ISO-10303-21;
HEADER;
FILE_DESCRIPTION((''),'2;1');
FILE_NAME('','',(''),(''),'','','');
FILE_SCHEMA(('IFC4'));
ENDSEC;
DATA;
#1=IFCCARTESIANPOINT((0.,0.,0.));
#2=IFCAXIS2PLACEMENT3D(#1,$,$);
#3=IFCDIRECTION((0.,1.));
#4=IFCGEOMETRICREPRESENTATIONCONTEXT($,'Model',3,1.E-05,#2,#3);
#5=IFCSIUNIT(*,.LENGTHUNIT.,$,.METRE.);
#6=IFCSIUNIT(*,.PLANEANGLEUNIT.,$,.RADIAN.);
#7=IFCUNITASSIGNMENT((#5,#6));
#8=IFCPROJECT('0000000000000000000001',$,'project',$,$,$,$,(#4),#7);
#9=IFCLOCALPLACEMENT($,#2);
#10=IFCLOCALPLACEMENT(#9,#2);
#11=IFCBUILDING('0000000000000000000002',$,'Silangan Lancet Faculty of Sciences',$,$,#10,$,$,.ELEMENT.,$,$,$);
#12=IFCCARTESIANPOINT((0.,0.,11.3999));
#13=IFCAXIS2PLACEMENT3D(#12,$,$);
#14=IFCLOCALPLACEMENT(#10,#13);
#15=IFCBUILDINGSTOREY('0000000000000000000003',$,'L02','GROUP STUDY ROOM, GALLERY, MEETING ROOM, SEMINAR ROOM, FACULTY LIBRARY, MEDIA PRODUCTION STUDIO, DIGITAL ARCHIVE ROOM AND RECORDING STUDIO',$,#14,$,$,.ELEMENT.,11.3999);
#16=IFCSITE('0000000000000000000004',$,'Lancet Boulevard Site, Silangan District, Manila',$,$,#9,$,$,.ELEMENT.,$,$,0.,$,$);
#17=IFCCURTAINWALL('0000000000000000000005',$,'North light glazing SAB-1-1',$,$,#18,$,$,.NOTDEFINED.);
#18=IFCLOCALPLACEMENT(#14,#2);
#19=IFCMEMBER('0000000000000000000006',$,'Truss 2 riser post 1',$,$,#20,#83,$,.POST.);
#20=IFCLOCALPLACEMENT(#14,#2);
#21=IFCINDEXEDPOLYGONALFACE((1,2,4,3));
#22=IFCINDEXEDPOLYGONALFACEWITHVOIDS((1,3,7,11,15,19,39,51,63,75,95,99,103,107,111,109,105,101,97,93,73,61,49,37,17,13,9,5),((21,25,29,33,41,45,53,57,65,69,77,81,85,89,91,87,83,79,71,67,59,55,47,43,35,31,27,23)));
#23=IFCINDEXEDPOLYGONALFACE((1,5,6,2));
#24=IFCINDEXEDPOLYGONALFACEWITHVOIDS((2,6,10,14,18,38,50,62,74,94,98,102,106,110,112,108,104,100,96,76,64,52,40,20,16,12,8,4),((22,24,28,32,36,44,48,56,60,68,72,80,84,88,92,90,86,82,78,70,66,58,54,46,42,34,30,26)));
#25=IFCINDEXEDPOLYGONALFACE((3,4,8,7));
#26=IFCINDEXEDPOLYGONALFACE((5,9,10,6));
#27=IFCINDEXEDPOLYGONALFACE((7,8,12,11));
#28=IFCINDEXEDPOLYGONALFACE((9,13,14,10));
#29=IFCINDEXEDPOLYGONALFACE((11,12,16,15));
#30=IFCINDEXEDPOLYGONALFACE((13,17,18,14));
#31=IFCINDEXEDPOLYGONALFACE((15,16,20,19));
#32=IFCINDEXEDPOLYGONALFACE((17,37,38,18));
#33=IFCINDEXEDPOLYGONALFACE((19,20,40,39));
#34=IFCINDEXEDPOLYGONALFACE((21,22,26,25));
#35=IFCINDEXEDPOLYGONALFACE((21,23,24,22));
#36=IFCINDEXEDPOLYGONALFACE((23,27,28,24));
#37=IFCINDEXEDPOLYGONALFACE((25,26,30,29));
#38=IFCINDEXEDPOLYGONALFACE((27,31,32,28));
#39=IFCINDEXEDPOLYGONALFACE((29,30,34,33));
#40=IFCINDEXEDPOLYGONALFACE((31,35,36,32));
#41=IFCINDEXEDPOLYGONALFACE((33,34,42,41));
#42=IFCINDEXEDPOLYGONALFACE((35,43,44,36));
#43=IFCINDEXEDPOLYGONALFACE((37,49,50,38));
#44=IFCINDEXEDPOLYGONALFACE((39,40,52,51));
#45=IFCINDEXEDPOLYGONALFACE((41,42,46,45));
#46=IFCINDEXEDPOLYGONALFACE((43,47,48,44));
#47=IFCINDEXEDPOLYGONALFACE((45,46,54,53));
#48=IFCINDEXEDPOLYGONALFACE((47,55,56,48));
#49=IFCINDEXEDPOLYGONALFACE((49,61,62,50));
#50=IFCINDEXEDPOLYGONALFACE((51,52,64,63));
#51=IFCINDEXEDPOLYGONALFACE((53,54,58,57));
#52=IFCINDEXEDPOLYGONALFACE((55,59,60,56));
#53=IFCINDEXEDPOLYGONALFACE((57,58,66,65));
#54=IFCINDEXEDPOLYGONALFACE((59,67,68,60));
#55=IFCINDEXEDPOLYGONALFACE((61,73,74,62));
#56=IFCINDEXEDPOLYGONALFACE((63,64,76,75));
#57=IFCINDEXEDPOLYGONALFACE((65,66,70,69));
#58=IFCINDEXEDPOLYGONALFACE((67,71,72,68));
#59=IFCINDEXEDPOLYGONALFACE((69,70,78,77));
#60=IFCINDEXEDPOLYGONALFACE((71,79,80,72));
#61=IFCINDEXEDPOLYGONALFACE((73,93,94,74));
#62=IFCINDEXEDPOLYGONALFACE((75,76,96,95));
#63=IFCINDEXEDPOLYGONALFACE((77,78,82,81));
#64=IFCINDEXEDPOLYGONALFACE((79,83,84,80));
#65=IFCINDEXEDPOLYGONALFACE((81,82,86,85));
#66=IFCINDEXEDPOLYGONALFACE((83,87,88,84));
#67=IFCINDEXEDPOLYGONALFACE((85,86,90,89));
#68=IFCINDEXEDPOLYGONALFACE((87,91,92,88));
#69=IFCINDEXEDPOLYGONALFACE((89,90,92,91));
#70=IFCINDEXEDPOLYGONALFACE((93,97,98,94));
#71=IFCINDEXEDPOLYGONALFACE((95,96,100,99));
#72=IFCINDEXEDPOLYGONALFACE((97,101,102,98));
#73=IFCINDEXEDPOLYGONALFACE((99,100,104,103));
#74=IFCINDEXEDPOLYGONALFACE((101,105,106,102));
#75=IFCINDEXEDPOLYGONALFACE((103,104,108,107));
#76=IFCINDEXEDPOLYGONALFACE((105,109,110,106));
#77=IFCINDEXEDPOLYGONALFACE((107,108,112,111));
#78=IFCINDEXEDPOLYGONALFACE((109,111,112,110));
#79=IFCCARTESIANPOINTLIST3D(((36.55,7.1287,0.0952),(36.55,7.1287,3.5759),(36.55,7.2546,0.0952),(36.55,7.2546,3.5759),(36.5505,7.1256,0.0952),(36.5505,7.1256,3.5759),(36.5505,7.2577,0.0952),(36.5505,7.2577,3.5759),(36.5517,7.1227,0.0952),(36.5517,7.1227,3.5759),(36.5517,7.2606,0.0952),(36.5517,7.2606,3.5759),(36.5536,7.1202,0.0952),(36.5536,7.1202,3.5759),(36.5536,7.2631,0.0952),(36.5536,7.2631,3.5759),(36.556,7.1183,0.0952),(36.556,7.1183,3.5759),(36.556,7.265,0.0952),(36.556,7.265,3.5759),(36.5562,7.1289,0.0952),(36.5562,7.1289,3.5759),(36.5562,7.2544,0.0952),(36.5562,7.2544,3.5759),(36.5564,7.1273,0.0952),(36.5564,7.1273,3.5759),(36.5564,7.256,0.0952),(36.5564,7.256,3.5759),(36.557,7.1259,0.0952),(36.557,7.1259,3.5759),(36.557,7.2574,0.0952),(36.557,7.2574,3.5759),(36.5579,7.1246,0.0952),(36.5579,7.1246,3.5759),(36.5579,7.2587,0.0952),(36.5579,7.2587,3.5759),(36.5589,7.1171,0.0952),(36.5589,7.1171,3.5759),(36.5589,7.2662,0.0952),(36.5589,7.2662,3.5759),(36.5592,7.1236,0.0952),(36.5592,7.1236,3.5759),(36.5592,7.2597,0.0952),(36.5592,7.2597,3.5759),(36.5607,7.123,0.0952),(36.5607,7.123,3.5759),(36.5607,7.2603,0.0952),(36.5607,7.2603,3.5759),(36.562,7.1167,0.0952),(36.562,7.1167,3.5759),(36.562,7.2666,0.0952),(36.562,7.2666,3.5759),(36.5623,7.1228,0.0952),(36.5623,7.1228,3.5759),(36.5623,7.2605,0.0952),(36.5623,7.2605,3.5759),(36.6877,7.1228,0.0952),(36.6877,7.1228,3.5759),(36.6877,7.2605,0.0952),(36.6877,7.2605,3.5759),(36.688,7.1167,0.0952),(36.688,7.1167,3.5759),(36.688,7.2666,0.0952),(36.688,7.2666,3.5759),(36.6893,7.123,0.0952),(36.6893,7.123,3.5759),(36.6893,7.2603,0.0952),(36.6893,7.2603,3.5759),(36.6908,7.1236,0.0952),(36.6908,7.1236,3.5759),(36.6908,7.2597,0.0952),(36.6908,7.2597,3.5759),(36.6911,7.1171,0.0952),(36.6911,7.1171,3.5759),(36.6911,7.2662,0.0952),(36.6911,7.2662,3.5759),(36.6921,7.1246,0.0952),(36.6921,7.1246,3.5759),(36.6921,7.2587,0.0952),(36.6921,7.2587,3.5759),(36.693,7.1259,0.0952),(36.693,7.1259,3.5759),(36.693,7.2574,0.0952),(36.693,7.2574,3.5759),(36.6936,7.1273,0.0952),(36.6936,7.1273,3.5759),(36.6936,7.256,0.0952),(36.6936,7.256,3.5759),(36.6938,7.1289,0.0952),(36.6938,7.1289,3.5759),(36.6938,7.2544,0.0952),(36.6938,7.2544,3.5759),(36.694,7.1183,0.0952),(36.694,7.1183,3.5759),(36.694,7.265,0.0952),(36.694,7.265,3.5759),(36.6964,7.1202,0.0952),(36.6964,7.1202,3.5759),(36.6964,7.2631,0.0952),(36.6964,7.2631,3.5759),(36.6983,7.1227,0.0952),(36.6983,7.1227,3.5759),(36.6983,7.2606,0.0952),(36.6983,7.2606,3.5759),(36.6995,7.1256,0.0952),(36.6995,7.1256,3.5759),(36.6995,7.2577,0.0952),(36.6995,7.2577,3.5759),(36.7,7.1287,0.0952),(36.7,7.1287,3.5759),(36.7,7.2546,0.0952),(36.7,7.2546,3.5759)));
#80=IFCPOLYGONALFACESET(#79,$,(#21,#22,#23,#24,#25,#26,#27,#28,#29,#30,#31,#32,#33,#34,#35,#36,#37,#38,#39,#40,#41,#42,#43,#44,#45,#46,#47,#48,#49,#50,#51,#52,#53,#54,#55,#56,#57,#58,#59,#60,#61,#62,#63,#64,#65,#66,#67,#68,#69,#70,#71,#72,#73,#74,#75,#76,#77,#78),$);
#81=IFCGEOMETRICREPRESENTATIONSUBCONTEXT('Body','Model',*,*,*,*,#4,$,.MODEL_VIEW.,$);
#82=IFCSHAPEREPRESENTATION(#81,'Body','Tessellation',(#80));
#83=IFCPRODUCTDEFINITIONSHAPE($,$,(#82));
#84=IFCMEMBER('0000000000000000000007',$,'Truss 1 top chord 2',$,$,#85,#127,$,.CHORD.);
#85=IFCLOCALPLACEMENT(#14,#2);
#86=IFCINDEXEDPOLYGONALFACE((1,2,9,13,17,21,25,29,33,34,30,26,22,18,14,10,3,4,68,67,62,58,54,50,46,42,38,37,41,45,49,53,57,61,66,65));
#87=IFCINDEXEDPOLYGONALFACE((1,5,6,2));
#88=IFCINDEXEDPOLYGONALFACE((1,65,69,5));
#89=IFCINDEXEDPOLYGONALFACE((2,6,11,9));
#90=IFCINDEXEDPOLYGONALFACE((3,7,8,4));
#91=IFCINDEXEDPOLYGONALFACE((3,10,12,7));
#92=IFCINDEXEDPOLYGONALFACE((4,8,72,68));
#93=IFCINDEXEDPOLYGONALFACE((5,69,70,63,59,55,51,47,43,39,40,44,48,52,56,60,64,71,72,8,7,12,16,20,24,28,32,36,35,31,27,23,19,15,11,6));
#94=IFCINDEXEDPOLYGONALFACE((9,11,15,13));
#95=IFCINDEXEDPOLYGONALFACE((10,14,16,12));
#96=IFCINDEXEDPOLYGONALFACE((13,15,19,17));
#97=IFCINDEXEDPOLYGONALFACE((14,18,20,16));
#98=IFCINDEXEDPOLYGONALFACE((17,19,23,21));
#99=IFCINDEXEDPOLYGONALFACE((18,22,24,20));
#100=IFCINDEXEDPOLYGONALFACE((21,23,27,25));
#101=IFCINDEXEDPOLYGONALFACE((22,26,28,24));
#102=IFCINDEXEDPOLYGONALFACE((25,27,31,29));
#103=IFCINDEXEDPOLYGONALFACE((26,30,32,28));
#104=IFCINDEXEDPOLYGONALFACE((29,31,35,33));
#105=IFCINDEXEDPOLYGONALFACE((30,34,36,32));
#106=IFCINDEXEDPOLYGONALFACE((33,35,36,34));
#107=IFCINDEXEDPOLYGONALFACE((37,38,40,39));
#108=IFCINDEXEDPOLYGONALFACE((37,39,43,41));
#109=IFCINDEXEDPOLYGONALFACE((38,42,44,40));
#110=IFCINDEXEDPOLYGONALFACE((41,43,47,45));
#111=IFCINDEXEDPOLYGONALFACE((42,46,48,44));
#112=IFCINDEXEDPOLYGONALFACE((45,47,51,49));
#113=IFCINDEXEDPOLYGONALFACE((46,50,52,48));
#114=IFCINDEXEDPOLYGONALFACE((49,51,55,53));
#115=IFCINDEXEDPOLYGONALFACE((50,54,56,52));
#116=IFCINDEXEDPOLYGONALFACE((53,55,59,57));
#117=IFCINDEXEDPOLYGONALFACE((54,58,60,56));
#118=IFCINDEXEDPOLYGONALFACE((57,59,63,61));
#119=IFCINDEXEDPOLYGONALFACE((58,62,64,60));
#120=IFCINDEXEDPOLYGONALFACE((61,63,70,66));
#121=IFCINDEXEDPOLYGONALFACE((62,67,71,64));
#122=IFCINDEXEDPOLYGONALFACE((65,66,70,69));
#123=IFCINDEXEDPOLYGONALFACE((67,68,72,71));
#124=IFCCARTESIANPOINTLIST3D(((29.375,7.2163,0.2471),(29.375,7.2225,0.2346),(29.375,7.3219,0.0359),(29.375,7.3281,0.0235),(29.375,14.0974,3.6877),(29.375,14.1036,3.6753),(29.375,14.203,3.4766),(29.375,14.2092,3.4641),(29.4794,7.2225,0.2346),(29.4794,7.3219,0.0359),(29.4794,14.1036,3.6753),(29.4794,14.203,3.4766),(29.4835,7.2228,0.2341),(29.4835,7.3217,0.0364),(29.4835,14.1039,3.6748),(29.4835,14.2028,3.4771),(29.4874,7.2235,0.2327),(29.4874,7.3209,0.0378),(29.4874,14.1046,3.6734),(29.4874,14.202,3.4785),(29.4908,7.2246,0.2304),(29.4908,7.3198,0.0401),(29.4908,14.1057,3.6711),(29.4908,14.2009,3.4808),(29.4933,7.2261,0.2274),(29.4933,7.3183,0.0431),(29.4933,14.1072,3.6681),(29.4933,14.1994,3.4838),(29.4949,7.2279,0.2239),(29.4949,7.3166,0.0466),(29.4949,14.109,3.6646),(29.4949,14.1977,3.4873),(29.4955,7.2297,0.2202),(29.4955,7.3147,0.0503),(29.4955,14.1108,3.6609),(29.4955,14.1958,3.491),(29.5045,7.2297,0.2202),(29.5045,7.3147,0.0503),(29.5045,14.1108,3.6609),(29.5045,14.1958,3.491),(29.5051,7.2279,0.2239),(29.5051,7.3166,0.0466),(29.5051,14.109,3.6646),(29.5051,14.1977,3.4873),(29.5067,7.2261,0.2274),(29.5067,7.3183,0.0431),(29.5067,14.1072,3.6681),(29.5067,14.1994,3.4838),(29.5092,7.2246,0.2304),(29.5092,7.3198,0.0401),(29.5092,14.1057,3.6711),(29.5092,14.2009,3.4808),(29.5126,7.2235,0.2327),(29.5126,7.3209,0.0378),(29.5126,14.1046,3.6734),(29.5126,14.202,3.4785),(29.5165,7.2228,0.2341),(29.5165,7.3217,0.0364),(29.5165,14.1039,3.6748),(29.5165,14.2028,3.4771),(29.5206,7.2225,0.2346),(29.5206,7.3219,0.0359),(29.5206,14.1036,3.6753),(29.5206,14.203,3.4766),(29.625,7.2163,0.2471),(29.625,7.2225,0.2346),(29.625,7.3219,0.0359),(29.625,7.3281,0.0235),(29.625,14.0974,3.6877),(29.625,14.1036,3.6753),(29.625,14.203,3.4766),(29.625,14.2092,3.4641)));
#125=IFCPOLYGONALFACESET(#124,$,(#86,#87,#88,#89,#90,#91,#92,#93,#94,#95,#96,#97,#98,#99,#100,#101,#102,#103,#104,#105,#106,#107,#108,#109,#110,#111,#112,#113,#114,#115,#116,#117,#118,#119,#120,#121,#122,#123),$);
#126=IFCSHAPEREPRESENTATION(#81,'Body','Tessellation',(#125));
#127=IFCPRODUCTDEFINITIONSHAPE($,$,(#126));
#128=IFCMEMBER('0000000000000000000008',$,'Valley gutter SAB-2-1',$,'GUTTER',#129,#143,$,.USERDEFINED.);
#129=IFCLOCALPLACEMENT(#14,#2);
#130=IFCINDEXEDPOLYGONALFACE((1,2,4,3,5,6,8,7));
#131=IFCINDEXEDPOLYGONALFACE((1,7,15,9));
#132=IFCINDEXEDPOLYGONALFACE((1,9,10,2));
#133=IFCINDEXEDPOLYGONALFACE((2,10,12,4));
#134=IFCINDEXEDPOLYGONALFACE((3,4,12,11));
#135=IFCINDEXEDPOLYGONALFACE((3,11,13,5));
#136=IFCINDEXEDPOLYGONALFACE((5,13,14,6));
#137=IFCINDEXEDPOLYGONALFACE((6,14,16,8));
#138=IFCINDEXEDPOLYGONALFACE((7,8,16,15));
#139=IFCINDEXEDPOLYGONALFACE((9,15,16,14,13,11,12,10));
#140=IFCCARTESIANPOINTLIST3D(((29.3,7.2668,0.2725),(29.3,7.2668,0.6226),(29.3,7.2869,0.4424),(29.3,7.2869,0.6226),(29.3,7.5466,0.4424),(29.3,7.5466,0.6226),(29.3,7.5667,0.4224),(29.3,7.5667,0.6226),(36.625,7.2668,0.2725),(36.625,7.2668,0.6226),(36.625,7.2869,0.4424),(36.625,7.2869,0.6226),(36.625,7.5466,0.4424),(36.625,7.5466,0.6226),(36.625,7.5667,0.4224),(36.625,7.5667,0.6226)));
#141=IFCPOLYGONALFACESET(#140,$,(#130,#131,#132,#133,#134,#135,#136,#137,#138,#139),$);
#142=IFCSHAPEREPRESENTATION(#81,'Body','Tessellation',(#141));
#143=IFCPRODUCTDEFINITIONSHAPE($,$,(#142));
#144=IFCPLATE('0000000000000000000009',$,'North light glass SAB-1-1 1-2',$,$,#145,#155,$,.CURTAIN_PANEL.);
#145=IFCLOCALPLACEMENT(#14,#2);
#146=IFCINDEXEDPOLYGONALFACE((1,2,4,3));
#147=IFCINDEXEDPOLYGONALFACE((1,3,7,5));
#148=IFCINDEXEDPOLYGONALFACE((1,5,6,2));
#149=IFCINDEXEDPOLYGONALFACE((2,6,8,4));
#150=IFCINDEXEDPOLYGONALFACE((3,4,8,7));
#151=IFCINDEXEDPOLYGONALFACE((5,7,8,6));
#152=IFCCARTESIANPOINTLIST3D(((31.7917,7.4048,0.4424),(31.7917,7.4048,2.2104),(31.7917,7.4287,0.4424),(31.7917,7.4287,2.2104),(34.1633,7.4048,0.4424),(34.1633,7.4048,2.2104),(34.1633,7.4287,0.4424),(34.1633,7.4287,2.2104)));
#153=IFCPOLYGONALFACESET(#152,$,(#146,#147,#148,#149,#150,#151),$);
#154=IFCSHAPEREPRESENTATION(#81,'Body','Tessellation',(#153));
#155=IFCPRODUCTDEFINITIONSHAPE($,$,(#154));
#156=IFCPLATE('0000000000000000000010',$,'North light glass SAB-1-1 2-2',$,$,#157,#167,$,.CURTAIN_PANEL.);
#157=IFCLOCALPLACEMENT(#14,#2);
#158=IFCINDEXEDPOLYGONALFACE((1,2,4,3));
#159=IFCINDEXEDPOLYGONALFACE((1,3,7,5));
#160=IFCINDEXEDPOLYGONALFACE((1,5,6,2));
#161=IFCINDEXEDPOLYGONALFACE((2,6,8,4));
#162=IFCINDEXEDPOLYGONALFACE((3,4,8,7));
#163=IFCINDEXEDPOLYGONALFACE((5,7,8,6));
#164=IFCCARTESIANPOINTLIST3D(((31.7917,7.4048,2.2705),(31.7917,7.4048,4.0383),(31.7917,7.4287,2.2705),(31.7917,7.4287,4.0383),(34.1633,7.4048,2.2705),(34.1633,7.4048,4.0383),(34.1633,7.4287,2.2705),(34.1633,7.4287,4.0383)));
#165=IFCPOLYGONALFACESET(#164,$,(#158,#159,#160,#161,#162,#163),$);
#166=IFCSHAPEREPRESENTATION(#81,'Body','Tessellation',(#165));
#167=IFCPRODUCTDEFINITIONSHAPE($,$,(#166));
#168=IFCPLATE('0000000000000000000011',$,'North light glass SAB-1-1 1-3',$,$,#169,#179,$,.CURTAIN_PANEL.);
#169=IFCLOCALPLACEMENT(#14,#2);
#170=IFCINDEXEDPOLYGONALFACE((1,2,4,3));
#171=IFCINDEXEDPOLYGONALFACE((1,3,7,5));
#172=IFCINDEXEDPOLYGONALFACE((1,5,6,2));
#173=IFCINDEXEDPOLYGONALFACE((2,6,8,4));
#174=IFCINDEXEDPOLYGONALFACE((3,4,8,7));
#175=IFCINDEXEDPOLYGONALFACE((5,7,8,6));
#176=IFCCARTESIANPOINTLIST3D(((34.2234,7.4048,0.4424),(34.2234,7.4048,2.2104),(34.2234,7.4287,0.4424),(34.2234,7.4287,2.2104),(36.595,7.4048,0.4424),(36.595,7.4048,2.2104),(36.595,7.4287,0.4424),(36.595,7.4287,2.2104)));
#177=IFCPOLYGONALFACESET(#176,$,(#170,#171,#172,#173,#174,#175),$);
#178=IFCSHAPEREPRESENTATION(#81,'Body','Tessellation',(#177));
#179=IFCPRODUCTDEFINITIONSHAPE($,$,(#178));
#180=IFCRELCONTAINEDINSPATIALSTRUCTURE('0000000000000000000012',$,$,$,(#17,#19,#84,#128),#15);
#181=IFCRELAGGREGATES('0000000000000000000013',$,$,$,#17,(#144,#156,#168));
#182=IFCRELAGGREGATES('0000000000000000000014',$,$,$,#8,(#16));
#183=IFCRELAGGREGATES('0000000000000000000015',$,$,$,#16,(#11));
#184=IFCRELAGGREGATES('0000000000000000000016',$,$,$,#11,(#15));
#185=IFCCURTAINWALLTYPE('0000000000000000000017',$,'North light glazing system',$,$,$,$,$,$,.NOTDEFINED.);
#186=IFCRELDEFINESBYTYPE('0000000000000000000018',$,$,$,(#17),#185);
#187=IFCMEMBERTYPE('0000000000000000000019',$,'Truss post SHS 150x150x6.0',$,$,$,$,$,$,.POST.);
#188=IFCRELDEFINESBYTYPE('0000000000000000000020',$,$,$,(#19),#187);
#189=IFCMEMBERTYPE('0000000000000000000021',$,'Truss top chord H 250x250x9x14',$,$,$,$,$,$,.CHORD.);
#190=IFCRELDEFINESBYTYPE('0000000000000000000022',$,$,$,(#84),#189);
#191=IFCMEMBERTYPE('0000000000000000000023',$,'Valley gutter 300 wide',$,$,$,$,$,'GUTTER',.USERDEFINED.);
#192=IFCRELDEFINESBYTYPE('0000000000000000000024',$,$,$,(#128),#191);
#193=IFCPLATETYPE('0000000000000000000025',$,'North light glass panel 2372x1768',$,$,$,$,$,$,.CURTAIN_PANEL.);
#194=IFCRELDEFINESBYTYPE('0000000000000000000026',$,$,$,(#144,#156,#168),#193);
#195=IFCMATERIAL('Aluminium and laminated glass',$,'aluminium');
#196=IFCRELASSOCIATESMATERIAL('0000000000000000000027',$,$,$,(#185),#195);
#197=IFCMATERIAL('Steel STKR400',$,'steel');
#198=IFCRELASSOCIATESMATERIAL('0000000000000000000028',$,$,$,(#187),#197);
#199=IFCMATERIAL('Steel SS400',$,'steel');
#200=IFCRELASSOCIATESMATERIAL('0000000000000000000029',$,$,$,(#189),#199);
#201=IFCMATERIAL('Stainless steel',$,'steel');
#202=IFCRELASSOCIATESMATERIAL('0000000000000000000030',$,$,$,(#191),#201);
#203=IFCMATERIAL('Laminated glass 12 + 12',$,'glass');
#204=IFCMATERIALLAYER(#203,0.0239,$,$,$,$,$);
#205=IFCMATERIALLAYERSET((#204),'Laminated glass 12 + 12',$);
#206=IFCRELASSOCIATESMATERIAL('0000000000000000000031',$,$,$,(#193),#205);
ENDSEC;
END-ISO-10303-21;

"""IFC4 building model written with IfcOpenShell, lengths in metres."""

from ifc_helpers import new_model, si_unit, direction, frame, origin, origin_2d, place, context, subcontext, project, spatial, polyline, hollow_rectangle, i_section, outline, extrude, material, layer, layer_set, material_profile, profile_set, type_object, element, aggregate, save


model = new_model("IFC4")

# Units and contexts
model_context = context("Model", 3, precision=1e-05, world=origin(), true_north=direction((0.0, 1.0)))
body_context = subcontext(model_context, "Body", "Model", "MODEL_VIEW")
ifc_project = project(units=[si_unit("LENGTHUNIT", "METRE"), si_unit("PLANEANGLEUNIT", "RADIAN")], contexts=[model_context])

# Site, building, storey
site_placement = place(None, origin())
site = spatial("IfcSite", under=ifc_project, at=site_placement, Name="Lancet Boulevard Site, Silangan District, Manila", CompositionType="ELEMENT", RefElevation=0.0)
building_placement = place(site_placement, origin())
building = spatial("IfcBuilding", under=site, at=building_placement, Name="Silangan Lancet Faculty of Sciences", CompositionType="ELEMENT")
storey_placement = place(building_placement, frame((0.0, 0.0, 11.3999)))
storey = spatial("IfcBuildingStorey", under=building, at=storey_placement, Name="L02", Description="GROUP STUDY ROOM, GALLERY, MEETING ROOM, SEMINAR ROOM, FACULTY LIBRARY, MEDIA PRODUCTION STUDIO, DIGITAL ARCHIVE ROOM AND RECORDING STUDIO", CompositionType="ELEMENT", Elevation=11.3999)

# Curtain wall
ifc_material_1 = material(Name="Aluminium and laminated glass", Category="aluminium")
curtain_wall_type = type_object("IfcCurtainWallType", Name="North light glazing system", PredefinedType="NOTDEFINED", material=ifc_material_1)
curtain_wall_placement = place(storey_placement, origin())
curtain_wall = element("IfcCurtainWall", 1, at=curtain_wall_placement, inside=storey, type_object=curtain_wall_type, Name="North light glazing SAB-1-1", PredefinedType="NOTDEFINED")

# Members
ifc_material_2 = material(Name="Steel STKR400", Category="steel")
ifc_material_profile_1 = material_profile(ifc_material_2, hollow_rectangle(XDim=0.1499, YDim=0.1499, WallThickness=0.0061, InnerFilletRadius=0.0061, OuterFilletRadius=0.012, at=origin_2d()), Name="SHS 150x150x6.0")
ifc_profile_set_1 = profile_set([ifc_material_profile_1], Name="Steel STKR400")
member_type_1 = type_object("IfcMemberType", Name="Truss post SHS 150x150x6.0", PredefinedType="POST", material=ifc_profile_set_1)
member_1_placement = place(storey_placement, frame((36.625, 7.1917, 0.0952), z_axis=(0.0, 0.0, 1.0), x_axis=(1.0, 0.0, 0.0)))
element("IfcMember", 2, at=member_1_placement, inside=storey, type_object=member_type_1, Name="Truss 2 riser post 1", PredefinedType="POST", context=body_context, shape_type="SweptSolid", body=[
    extrude(hollow_rectangle(XDim=0.1499, YDim=0.1499, WallThickness=0.0061, InnerFilletRadius=0.0061, OuterFilletRadius=0.012, at=origin_2d()), origin(), (0.0, 0.0, 1.0), 3.4807),
])
ifc_material_3 = material(Name="Steel SS400", Category="steel")
ifc_material_profile_2 = material_profile(ifc_material_3, i_section(OverallWidth=0.25, OverallDepth=0.25, WebThickness=0.009, FlangeThickness=0.0139, FilletRadius=0.0161, at=origin_2d()), Name="H 250x250x9x14")
ifc_profile_set_2 = profile_set([ifc_material_profile_2], Name="Steel SS400")
member_type_2 = type_object("IfcMemberType", Name="Truss top chord H 250x250x9x14", PredefinedType="CHORD", material=ifc_profile_set_2)
member_2_placement = place(storey_placement, frame((29.5, 7.2722, 0.1353), z_axis=(0.0, 0.894421, 0.447226), x_axis=(-1.0, 0.0, 0.0)))
element("IfcMember", 3, at=member_2_placement, inside=storey, type_object=member_type_2, Name="Truss 1 top chord 2", PredefinedType="CHORD", context=body_context, shape_type="SweptSolid", body=[
    extrude(i_section(OverallWidth=0.25, OverallDepth=0.25, WebThickness=0.009, FlangeThickness=0.0139, FilletRadius=0.0161, at=origin_2d()), origin(), (0.0, 0.0, 1.0), 7.6934),
])
ifc_material_4 = material(Name="Stainless steel", Category="steel")
ifc_material_profile_3 = material_profile(ifc_material_4, outline(polyline([(-0.1499, 0.0), (0.1499, 0.1499), (0.1499, 0.3501), (0.1299, 0.3501), (0.1299, 0.1699), (-0.1299, 0.1699), (-0.1299, 0.3501), (-0.1499, 0.3501), (-0.1499, 0.0)])), Name="valley gutter")
ifc_profile_set_3 = profile_set([ifc_material_profile_3], Name="Stainless steel")
member_type_3 = type_object("IfcMemberType", Name="Valley gutter 300 wide", ElementType="GUTTER", PredefinedType="USERDEFINED", material=ifc_profile_set_3)
member_3_placement = place(storey_placement, frame((29.3, 7.4167, 0.2725), z_axis=(1.0, 0.0, 0.0), x_axis=(0.0, 1.0, 0.0)))
element("IfcMember", 4, at=member_3_placement, inside=storey, type_object=member_type_3, Name="Valley gutter SAB-2-1", ObjectType="GUTTER", PredefinedType="USERDEFINED", context=body_context, shape_type="SweptSolid", body=[
    extrude(outline(polyline([(-0.1499, 0.0), (0.1499, 0.1499), (0.1499, 0.3501), (0.1299, 0.3501), (0.1299, 0.1699), (-0.1299, 0.1699), (-0.1299, 0.3501), (-0.1499, 0.3501), (-0.1499, 0.0)])), origin(), (0.0, 0.0, 1.0), 7.325),
])

# Plates
ifc_material_5 = material(Name="Laminated glass 12 + 12", Category="glass")
ifc_layer_1 = layer(ifc_material_5, 0.0239)
ifc_layer_set_1 = layer_set([ifc_layer_1], Name="Laminated glass 12 + 12")
plate_type_1 = type_object("IfcPlateType", Name="North light glass panel 2372x1768", PredefinedType="CURTAIN_PANEL", material=ifc_layer_set_1)
plate_1_placement = place(storey_placement, frame((31.7917, 7.4048, 0.4424), z_axis=(0.0, -1.0, 0.0), x_axis=(1.0, 0.0, 0.0)))
plate_1 = element("IfcPlate", 5, at=plate_1_placement, type_object=plate_type_1, Name="North light glass SAB-1-1 1-2", PredefinedType="CURTAIN_PANEL", context=body_context, shape_type="SweptSolid", body=[
    extrude(outline(polyline([(0.0, 0.0), (2.3716, 0.0), (2.3716, 1.7681), (0.0, 1.7681), (0.0, 0.0)])), origin(), (0.0, 0.0, -1.0), 0.0239),
])
plate_2_placement = place(storey_placement, frame((31.7917, 7.4048, 2.2705), z_axis=(0.0, -1.0, 0.0), x_axis=(1.0, 0.0, 0.0)))
plate_2 = element("IfcPlate", 6, at=plate_2_placement, type_object=plate_type_1, Name="North light glass SAB-1-1 2-2", PredefinedType="CURTAIN_PANEL", context=body_context, shape_type="SweptSolid", body=[
    extrude(outline(polyline([(0.0, 0.0), (2.3716, 0.0), (2.3716, 1.7678), (0.0, 1.7678), (0.0, 0.0)])), origin(), (0.0, 0.0, -1.0), 0.0239),
])
plate_3_placement = place(storey_placement, frame((34.2234, 7.4048, 0.4424), z_axis=(0.0, -1.0, 0.0), x_axis=(1.0, 0.0, 0.0)))
plate_3 = element("IfcPlate", 7, at=plate_3_placement, type_object=plate_type_1, Name="North light glass SAB-1-1 1-3", PredefinedType="CURTAIN_PANEL", context=body_context, shape_type="SweptSolid", body=[
    extrude(outline(polyline([(0.0, 0.0), (2.3716, 0.0), (2.3716, 1.7681), (0.0, 1.7681), (0.0, 0.0)])), origin(), (0.0, 0.0, -1.0), 0.0239),
])
aggregate(curtain_wall, [plate_1, plate_2, plate_3])

save(model, "model.ifc")
